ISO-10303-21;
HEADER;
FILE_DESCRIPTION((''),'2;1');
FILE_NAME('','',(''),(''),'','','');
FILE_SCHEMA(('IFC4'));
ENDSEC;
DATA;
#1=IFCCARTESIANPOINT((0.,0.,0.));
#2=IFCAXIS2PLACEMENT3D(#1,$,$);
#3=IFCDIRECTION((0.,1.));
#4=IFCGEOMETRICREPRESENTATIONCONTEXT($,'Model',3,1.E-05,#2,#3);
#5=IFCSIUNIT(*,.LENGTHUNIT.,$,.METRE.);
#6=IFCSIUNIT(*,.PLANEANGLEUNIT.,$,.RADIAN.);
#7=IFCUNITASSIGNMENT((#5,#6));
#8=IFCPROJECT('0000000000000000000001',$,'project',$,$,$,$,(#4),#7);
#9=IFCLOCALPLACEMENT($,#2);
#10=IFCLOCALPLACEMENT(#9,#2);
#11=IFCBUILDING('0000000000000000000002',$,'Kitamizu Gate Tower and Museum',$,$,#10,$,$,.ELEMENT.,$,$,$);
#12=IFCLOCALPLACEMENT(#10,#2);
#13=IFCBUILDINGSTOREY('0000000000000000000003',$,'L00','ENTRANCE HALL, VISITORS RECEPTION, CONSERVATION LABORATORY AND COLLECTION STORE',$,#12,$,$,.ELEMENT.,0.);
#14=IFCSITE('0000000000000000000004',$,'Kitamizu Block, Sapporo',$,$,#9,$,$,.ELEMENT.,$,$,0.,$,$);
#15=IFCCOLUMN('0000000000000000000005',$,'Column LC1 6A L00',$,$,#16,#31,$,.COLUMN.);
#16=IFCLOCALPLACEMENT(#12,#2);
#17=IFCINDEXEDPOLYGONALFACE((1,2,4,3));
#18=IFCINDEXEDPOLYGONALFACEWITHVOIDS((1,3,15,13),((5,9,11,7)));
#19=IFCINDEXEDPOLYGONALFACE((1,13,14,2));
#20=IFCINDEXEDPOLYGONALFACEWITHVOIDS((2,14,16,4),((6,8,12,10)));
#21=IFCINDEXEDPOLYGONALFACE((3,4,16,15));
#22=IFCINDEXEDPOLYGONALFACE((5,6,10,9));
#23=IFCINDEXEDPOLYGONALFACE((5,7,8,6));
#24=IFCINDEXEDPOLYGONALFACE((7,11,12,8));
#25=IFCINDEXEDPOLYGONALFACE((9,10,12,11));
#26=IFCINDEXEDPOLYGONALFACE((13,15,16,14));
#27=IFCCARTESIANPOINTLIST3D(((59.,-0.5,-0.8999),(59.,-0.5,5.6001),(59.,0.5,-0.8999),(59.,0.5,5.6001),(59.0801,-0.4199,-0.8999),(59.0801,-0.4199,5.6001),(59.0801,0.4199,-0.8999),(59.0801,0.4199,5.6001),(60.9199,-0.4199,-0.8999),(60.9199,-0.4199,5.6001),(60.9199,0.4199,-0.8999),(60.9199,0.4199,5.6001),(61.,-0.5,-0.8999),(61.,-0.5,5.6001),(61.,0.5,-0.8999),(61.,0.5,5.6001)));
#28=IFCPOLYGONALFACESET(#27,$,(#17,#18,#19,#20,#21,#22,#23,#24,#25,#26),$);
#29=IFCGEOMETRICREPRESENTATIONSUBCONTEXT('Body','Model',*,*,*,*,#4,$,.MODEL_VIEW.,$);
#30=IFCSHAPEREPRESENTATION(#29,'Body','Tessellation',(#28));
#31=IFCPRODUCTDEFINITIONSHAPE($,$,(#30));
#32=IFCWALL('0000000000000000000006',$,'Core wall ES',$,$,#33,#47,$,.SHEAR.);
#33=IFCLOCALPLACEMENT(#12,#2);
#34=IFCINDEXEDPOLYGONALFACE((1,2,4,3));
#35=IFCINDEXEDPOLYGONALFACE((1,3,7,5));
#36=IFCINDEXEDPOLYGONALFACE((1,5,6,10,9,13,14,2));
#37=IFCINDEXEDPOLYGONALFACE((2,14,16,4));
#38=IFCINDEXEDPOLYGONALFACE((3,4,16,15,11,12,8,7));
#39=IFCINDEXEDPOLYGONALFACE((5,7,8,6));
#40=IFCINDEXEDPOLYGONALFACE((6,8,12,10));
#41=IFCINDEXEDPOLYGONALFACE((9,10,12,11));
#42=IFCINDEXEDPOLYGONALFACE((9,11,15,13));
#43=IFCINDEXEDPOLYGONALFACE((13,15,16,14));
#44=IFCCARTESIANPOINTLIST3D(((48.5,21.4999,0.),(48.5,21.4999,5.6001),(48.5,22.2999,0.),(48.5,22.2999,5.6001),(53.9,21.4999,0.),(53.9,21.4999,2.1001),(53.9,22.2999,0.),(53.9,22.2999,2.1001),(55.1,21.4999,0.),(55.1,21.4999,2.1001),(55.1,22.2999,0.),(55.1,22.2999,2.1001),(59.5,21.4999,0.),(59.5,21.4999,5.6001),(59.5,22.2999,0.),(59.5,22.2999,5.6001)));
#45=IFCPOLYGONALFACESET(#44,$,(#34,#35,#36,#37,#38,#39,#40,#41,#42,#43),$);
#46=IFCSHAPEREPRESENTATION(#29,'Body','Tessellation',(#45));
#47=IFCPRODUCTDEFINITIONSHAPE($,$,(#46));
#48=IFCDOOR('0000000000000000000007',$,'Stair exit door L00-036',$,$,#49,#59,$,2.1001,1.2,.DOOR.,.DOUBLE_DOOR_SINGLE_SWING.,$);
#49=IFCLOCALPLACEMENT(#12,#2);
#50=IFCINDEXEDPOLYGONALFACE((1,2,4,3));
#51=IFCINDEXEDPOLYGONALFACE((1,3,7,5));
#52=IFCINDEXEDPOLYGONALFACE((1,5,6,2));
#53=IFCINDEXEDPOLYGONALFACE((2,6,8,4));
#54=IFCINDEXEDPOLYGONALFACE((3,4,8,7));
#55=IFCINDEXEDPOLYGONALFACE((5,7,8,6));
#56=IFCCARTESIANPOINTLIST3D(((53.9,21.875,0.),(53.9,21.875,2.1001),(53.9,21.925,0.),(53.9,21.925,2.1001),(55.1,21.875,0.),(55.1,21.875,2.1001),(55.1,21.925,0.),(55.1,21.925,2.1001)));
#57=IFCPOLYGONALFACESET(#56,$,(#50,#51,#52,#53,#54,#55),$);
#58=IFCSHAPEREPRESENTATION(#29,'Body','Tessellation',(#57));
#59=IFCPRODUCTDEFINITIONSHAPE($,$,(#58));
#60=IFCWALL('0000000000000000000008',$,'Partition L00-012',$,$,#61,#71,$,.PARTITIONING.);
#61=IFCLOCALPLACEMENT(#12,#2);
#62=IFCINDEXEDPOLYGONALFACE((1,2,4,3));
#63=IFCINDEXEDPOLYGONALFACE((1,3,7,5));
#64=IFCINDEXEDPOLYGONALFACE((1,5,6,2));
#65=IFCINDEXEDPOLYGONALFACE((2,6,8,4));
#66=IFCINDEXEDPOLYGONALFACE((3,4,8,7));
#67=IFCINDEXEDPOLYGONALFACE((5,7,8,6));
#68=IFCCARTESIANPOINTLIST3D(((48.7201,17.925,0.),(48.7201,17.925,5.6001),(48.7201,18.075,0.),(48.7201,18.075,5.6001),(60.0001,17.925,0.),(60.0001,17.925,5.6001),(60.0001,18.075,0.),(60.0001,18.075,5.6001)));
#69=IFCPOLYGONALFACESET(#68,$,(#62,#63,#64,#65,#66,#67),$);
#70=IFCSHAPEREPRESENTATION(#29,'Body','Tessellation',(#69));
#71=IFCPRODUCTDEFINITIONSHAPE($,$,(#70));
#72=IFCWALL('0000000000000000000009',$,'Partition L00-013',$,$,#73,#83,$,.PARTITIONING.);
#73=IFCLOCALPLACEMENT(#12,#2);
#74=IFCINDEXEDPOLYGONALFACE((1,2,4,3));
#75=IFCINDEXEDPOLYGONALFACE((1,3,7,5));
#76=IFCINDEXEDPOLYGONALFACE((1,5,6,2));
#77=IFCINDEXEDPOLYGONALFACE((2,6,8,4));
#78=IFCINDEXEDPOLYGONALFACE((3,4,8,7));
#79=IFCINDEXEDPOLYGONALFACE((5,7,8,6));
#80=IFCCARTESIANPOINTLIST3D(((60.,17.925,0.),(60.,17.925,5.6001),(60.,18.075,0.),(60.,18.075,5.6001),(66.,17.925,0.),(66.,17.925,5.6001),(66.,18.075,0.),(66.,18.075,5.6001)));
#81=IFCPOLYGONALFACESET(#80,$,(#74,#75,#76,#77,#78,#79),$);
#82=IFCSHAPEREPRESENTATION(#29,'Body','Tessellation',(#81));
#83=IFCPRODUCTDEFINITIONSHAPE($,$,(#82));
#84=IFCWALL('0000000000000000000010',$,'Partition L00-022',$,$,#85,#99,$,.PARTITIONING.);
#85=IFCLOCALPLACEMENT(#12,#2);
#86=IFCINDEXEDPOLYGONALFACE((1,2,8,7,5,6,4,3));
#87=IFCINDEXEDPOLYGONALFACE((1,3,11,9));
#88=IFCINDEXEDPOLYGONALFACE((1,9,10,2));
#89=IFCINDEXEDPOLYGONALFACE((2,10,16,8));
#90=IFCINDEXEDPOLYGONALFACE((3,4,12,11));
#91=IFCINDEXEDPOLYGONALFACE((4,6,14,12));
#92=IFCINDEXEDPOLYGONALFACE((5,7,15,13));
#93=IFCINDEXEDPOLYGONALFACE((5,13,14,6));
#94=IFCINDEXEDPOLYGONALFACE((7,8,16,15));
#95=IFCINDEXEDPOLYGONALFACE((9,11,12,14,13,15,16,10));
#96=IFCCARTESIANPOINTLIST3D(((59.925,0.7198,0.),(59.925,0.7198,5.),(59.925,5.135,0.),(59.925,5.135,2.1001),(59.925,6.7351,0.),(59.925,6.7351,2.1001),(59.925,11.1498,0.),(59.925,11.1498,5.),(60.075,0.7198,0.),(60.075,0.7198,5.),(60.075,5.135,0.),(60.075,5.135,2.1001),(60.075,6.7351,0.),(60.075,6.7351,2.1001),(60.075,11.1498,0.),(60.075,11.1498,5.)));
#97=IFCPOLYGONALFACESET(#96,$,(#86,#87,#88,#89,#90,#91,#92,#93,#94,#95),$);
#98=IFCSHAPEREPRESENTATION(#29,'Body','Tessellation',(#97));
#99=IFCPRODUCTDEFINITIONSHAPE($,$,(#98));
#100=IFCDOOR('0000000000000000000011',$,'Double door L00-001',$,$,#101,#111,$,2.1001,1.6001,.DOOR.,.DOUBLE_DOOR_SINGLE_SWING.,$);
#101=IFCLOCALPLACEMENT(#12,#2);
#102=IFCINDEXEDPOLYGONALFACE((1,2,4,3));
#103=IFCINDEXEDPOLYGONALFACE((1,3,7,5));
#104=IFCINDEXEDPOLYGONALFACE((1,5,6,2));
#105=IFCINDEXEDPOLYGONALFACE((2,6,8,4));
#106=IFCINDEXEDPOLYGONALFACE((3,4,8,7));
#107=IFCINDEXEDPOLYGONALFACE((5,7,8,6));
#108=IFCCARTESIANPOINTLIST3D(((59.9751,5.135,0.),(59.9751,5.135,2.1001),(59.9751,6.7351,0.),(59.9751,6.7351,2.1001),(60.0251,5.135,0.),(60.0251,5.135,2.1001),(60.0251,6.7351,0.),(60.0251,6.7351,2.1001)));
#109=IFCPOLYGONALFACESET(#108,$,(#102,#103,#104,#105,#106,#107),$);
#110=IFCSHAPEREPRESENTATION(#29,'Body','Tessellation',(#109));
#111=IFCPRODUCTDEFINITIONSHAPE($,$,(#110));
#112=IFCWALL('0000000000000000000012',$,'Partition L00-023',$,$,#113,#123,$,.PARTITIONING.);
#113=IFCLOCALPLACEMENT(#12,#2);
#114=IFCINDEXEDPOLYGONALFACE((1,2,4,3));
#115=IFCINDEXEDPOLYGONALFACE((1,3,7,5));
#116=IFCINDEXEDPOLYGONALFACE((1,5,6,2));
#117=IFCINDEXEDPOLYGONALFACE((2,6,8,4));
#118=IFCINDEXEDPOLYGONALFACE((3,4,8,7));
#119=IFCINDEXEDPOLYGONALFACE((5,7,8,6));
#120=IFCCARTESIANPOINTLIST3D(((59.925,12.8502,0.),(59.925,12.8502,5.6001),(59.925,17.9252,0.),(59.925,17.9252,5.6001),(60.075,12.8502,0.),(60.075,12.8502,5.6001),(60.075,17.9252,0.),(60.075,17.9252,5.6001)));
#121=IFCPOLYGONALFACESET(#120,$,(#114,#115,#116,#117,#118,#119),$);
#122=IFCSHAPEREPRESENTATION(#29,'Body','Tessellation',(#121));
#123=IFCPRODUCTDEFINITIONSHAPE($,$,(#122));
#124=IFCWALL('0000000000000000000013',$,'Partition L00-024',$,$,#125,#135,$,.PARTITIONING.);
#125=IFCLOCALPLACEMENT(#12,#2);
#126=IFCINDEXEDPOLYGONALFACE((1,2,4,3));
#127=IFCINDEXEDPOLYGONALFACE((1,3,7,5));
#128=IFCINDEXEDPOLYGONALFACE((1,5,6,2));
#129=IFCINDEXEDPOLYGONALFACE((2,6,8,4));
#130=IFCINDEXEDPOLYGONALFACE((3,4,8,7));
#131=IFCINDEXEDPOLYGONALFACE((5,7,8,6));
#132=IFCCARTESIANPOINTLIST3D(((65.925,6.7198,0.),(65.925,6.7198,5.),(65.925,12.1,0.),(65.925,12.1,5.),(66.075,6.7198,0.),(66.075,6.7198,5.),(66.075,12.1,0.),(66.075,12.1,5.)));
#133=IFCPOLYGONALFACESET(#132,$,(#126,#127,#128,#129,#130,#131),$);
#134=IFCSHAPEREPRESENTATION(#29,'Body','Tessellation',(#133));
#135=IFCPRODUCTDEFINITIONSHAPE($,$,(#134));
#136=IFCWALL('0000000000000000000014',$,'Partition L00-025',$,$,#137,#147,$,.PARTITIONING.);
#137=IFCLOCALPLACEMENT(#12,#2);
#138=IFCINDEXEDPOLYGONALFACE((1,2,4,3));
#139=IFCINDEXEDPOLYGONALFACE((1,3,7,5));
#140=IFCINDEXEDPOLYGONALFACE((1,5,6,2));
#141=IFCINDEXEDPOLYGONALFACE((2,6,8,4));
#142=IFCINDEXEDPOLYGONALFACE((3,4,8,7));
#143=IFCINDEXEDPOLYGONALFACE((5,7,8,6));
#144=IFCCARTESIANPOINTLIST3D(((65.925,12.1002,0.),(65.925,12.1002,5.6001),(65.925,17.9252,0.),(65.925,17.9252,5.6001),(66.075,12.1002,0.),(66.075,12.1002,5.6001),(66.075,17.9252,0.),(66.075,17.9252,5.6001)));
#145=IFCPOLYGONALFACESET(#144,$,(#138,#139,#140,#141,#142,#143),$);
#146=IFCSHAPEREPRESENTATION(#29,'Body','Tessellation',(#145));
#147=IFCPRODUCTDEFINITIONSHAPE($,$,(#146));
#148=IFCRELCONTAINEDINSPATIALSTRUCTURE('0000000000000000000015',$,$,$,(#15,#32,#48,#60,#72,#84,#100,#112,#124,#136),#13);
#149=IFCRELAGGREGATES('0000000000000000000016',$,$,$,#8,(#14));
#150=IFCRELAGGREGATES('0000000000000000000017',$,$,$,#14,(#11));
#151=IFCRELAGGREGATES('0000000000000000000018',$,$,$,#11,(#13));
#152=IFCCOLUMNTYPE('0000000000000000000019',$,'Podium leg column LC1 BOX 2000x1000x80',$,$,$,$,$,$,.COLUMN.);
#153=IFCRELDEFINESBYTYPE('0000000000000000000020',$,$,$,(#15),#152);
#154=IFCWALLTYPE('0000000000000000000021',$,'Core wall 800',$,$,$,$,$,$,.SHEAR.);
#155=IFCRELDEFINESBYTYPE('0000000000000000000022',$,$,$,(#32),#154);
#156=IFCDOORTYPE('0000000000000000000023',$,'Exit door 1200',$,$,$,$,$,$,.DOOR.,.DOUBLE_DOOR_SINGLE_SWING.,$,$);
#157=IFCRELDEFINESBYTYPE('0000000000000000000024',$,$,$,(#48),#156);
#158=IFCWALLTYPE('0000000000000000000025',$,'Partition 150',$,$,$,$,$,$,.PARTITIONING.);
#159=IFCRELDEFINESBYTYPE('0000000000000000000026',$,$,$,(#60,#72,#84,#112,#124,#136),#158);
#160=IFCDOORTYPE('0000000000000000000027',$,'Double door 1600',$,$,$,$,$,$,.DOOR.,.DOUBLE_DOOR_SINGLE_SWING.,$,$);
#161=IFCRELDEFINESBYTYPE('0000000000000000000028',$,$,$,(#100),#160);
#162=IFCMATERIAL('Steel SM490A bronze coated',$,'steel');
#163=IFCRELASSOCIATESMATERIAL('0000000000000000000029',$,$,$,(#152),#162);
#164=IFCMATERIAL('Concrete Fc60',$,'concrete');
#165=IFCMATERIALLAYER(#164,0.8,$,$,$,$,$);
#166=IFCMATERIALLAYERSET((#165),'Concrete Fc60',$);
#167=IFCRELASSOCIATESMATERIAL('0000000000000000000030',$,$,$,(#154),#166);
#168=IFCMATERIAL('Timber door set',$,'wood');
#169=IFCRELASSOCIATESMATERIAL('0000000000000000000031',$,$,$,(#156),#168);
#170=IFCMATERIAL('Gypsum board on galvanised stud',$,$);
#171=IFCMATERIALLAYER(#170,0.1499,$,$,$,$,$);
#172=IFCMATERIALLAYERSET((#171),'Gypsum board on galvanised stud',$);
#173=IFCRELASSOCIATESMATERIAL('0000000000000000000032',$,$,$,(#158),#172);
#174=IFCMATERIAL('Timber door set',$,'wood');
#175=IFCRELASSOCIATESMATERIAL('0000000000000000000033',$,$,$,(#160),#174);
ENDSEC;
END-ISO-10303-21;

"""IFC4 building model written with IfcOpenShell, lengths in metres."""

from ifc_helpers import new_model, si_unit, direction, frame, frame_2d, origin, origin_2d, place, context, subcontext, project, spatial, rectangle, hollow_rectangle, extrude, material, layer, layer_set, material_profile, profile_set, type_object, element, fill, save


model = new_model("IFC4")

# Units and contexts
model_context = context("Model", 3, precision=1e-05, world=origin(), true_north=direction((0.0, 1.0)))
body_context = subcontext(model_context, "Body", "Model", "MODEL_VIEW")
ifc_project = project(units=[si_unit("LENGTHUNIT", "METRE"), si_unit("PLANEANGLEUNIT", "RADIAN")], contexts=[model_context])

# Site, building, storey
site_placement = place(None, origin())
site = spatial("IfcSite", under=ifc_project, at=site_placement, Name="Kitamizu Block, Sapporo", CompositionType="ELEMENT", RefElevation=0.0)
building_placement = place(site_placement, origin())
building = spatial("IfcBuilding", under=site, at=building_placement, Name="Kitamizu Gate Tower and Museum", CompositionType="ELEMENT")
storey_placement = place(building_placement, origin())
storey = spatial("IfcBuildingStorey", under=building, at=storey_placement, Name="L00", Description="ENTRANCE HALL, VISITORS RECEPTION, CONSERVATION LABORATORY AND COLLECTION STORE", CompositionType="ELEMENT", Elevation=0.0)

# Column
ifc_material_1 = material(Name="Steel SM490A bronze coated", Category="steel")
ifc_material_profile_1 = material_profile(ifc_material_1, hollow_rectangle(XDim=2.0, YDim=1.0, WallThickness=0.0801, at=origin_2d()), Name="BOX 2000x1000x80")
ifc_profile_set_1 = profile_set([ifc_material_profile_1], Name="Steel SM490A bronze coated")
column_type_1 = type_object("IfcColumnType", Name="Podium leg column LC1 BOX 2000x1000x80", PredefinedType="COLUMN", material=ifc_profile_set_1)
column_1_placement = place(storey_placement, frame((60.0, 0.0, -0.8999), z_axis=(0.0, 0.0, 1.0), x_axis=(1.0, 0.0, 0.0)))
element("IfcColumn", 1, at=column_1_placement, inside=storey, type_object=column_type_1, Name="Column LC1 6A L00", PredefinedType="COLUMN", context=body_context, shape_type="SweptSolid", body=[
    extrude(hollow_rectangle(XDim=2.0, YDim=1.0, WallThickness=0.0801, at=origin_2d()), origin(), (0.0, 0.0, 1.0), 6.5),
])

# Wall, opening, door
ifc_material_2 = material(Name="Concrete Fc60", Category="concrete")
ifc_layer_1 = layer(ifc_material_2, 0.8)
ifc_layer_set_1 = layer_set([ifc_layer_1], Name="Concrete Fc60")
wall_type_1 = type_object("IfcWallType", Name="Core wall 800", PredefinedType="SHEAR", material=ifc_layer_set_1)
wall_1_placement = place(storey_placement, frame((59.5, 21.8999, 0.0), z_axis=(0.0, 0.0, 1.0), x_axis=(-1.0, 0.0, 0.0)))
wall_1 = element("IfcWall", 2, at=wall_1_placement, inside=storey, type_object=wall_type_1, Name="Core wall ES", PredefinedType="SHEAR", context=body_context, shape_type="SweptSolid", body=[
    extrude(rectangle(XDim=11.0, YDim=0.8, at=frame_2d((5.5, 0.0))), origin(), (0.0, 0.0, 1.0), 5.6001),
])
opening_1_placement = place(wall_1_placement, frame((4.3999, 0.0, 0.0)))
opening_1 = element("IfcOpeningElement", 3, at=opening_1_placement, cuts=wall_1, PredefinedType="OPENING", context=body_context, shape_type="SweptSolid", body=[
    extrude(rectangle(XDim=1.2, YDim=2.1001, at=frame_2d((0.6001, 1.05))), frame((0.0, 0.4102, 0.0), z_axis=(0.0, -1.0, 0.0), x_axis=(1.0, 0.0, 0.0)), (0.0, 0.0, 1.0), 0.8201),
])
ifc_material_3 = material(Name="Timber door set", Category="wood")
door_type_1 = type_object("IfcDoorType", Name="Exit door 1200", OperationType="DOUBLE_DOOR_SINGLE_SWING", PredefinedType="DOOR", material=ifc_material_3)
door_1_placement = place(opening_1_placement, origin())
door_1 = element("IfcDoor", 4, at=door_1_placement, inside=storey, type_object=door_type_1, Name="Stair exit door L00-036", OperationType="DOUBLE_DOOR_SINGLE_SWING", OverallHeight=2.1001, OverallWidth=1.2, PredefinedType="DOOR", context=body_context, shape_type="SweptSolid", body=[
    extrude(rectangle(XDim=1.2, YDim=2.1001, at=frame_2d((0.6001, 1.05))), frame((0.0, 0.0249, 0.0), z_axis=(0.0, -1.0, 0.0), x_axis=(1.0, 0.0, 0.0)), (0.0, 0.0, 1.0), 0.05),
])
fill(opening_1, door_1)

# Walls
ifc_material_4 = material(Name="Gypsum board on galvanised stud")
ifc_layer_2 = layer(ifc_material_4, 0.1499)
ifc_layer_set_2 = layer_set([ifc_layer_2], Name="Gypsum board on galvanised stud")
wall_type_2 = type_object("IfcWallType", Name="Partition 150", PredefinedType="PARTITIONING", material=ifc_layer_set_2)
wall_2_placement = place(storey_placement, frame((48.72, 18.0, 0.0), z_axis=(0.0, 0.0, 1.0), x_axis=(1.0, 0.0, 0.0)))
element("IfcWall", 5, at=wall_2_placement, inside=storey, type_object=wall_type_2, Name="Partition L00-012", PredefinedType="PARTITIONING", context=body_context, shape_type="SweptSolid", body=[
    extrude(rectangle(XDim=11.28, YDim=0.1499, at=frame_2d((5.6401, 0.0))), origin(), (0.0, 0.0, 1.0), 5.6001),
])
wall_3_placement = place(storey_placement, frame((60.0, 18.0, 0.0), z_axis=(0.0, 0.0, 1.0), x_axis=(1.0, 0.0, 0.0)))
element("IfcWall", 6, at=wall_3_placement, inside=storey, type_object=wall_type_2, Name="Partition L00-013", PredefinedType="PARTITIONING", context=body_context, shape_type="SweptSolid", body=[
    extrude(rectangle(XDim=6.0, YDim=0.1499, at=frame_2d((3.0, 0.0))), origin(), (0.0, 0.0, 1.0), 5.6001),
])

# Wall, opening, door
wall_4_placement = place(storey_placement, frame((60.0, 0.72, 0.0), z_axis=(0.0, 0.0, 1.0), x_axis=(0.0, 1.0, 0.0)))
wall_4 = element("IfcWall", 7, at=wall_4_placement, inside=storey, type_object=wall_type_2, Name="Partition L00-022", PredefinedType="PARTITIONING", context=body_context, shape_type="SweptSolid", body=[
    extrude(rectangle(XDim=10.4299, YDim=0.1499, at=frame_2d((5.2148, 0.0))), origin(), (0.0, 0.0, 1.0), 5.0),
])
opening_2_placement = place(wall_4_placement, frame((4.415, 0.0, 0.0)))
opening_2 = element("IfcOpeningElement", 8, at=opening_2_placement, cuts=wall_4, PredefinedType="OPENING", context=body_context, shape_type="SweptSolid", body=[
    extrude(rectangle(XDim=1.6001, YDim=2.1001, at=frame_2d((0.8, 1.05))), frame((0.0, 0.085, 0.0), z_axis=(0.0, -1.0, 0.0), x_axis=(1.0, 0.0, 0.0)), (0.0, 0.0, 1.0), 0.1699),
])
ifc_material_5 = material(Name="Timber door set", Category="wood")
door_type_2 = type_object("IfcDoorType", Name="Double door 1600", OperationType="DOUBLE_DOOR_SINGLE_SWING", PredefinedType="DOOR", material=ifc_material_5)
door_2_placement = place(opening_2_placement, origin())
door_2 = element("IfcDoor", 9, at=door_2_placement, inside=storey, type_object=door_type_2, Name="Double door L00-001", OperationType="DOUBLE_DOOR_SINGLE_SWING", OverallHeight=2.1001, OverallWidth=1.6001, PredefinedType="DOOR", context=body_context, shape_type="SweptSolid", body=[
    extrude(rectangle(XDim=1.6001, YDim=2.1001, at=frame_2d((0.8, 1.05))), frame((0.0, 0.0249, 0.0), z_axis=(0.0, -1.0, 0.0), x_axis=(1.0, 0.0, 0.0)), (0.0, 0.0, 1.0), 0.05),
])
fill(opening_2, door_2)

# Walls
wall_5_placement = place(storey_placement, frame((60.0, 12.8501, 0.0), z_axis=(0.0, 0.0, 1.0), x_axis=(0.0, 1.0, 0.0)))
element("IfcWall", 10, at=wall_5_placement, inside=storey, type_object=wall_type_2, Name="Partition L00-023", PredefinedType="PARTITIONING", context=body_context, shape_type="SweptSolid", body=[
    extrude(rectangle(XDim=5.075, YDim=0.1499, at=frame_2d((2.5376, 0.0))), origin(), (0.0, 0.0, 1.0), 5.6001),
])
wall_6_placement = place(storey_placement, frame((66.0, 6.72, 0.0), z_axis=(0.0, 0.0, 1.0), x_axis=(0.0, 1.0, 0.0)))
element("IfcWall", 11, at=wall_6_placement, inside=storey, type_object=wall_type_2, Name="Partition L00-024", PredefinedType="PARTITIONING", context=body_context, shape_type="SweptSolid", body=[
    extrude(rectangle(XDim=5.3801, YDim=0.1499, at=frame_2d((2.6899, 0.0))), origin(), (0.0, 0.0, 1.0), 5.0),
])
wall_7_placement = place(storey_placement, frame((66.0, 12.1001, 0.0), z_axis=(0.0, 0.0, 1.0), x_axis=(0.0, 1.0, 0.0)))
element("IfcWall", 12, at=wall_7_placement, inside=storey, type_object=wall_type_2, Name="Partition L00-025", PredefinedType="PARTITIONING", context=body_context, shape_type="SweptSolid", body=[
    extrude(rectangle(XDim=5.825, YDim=0.1499, at=frame_2d((2.9126, 0.0))), origin(), (0.0, 0.0, 1.0), 5.6001),
])

save(model, "model.ifc")
